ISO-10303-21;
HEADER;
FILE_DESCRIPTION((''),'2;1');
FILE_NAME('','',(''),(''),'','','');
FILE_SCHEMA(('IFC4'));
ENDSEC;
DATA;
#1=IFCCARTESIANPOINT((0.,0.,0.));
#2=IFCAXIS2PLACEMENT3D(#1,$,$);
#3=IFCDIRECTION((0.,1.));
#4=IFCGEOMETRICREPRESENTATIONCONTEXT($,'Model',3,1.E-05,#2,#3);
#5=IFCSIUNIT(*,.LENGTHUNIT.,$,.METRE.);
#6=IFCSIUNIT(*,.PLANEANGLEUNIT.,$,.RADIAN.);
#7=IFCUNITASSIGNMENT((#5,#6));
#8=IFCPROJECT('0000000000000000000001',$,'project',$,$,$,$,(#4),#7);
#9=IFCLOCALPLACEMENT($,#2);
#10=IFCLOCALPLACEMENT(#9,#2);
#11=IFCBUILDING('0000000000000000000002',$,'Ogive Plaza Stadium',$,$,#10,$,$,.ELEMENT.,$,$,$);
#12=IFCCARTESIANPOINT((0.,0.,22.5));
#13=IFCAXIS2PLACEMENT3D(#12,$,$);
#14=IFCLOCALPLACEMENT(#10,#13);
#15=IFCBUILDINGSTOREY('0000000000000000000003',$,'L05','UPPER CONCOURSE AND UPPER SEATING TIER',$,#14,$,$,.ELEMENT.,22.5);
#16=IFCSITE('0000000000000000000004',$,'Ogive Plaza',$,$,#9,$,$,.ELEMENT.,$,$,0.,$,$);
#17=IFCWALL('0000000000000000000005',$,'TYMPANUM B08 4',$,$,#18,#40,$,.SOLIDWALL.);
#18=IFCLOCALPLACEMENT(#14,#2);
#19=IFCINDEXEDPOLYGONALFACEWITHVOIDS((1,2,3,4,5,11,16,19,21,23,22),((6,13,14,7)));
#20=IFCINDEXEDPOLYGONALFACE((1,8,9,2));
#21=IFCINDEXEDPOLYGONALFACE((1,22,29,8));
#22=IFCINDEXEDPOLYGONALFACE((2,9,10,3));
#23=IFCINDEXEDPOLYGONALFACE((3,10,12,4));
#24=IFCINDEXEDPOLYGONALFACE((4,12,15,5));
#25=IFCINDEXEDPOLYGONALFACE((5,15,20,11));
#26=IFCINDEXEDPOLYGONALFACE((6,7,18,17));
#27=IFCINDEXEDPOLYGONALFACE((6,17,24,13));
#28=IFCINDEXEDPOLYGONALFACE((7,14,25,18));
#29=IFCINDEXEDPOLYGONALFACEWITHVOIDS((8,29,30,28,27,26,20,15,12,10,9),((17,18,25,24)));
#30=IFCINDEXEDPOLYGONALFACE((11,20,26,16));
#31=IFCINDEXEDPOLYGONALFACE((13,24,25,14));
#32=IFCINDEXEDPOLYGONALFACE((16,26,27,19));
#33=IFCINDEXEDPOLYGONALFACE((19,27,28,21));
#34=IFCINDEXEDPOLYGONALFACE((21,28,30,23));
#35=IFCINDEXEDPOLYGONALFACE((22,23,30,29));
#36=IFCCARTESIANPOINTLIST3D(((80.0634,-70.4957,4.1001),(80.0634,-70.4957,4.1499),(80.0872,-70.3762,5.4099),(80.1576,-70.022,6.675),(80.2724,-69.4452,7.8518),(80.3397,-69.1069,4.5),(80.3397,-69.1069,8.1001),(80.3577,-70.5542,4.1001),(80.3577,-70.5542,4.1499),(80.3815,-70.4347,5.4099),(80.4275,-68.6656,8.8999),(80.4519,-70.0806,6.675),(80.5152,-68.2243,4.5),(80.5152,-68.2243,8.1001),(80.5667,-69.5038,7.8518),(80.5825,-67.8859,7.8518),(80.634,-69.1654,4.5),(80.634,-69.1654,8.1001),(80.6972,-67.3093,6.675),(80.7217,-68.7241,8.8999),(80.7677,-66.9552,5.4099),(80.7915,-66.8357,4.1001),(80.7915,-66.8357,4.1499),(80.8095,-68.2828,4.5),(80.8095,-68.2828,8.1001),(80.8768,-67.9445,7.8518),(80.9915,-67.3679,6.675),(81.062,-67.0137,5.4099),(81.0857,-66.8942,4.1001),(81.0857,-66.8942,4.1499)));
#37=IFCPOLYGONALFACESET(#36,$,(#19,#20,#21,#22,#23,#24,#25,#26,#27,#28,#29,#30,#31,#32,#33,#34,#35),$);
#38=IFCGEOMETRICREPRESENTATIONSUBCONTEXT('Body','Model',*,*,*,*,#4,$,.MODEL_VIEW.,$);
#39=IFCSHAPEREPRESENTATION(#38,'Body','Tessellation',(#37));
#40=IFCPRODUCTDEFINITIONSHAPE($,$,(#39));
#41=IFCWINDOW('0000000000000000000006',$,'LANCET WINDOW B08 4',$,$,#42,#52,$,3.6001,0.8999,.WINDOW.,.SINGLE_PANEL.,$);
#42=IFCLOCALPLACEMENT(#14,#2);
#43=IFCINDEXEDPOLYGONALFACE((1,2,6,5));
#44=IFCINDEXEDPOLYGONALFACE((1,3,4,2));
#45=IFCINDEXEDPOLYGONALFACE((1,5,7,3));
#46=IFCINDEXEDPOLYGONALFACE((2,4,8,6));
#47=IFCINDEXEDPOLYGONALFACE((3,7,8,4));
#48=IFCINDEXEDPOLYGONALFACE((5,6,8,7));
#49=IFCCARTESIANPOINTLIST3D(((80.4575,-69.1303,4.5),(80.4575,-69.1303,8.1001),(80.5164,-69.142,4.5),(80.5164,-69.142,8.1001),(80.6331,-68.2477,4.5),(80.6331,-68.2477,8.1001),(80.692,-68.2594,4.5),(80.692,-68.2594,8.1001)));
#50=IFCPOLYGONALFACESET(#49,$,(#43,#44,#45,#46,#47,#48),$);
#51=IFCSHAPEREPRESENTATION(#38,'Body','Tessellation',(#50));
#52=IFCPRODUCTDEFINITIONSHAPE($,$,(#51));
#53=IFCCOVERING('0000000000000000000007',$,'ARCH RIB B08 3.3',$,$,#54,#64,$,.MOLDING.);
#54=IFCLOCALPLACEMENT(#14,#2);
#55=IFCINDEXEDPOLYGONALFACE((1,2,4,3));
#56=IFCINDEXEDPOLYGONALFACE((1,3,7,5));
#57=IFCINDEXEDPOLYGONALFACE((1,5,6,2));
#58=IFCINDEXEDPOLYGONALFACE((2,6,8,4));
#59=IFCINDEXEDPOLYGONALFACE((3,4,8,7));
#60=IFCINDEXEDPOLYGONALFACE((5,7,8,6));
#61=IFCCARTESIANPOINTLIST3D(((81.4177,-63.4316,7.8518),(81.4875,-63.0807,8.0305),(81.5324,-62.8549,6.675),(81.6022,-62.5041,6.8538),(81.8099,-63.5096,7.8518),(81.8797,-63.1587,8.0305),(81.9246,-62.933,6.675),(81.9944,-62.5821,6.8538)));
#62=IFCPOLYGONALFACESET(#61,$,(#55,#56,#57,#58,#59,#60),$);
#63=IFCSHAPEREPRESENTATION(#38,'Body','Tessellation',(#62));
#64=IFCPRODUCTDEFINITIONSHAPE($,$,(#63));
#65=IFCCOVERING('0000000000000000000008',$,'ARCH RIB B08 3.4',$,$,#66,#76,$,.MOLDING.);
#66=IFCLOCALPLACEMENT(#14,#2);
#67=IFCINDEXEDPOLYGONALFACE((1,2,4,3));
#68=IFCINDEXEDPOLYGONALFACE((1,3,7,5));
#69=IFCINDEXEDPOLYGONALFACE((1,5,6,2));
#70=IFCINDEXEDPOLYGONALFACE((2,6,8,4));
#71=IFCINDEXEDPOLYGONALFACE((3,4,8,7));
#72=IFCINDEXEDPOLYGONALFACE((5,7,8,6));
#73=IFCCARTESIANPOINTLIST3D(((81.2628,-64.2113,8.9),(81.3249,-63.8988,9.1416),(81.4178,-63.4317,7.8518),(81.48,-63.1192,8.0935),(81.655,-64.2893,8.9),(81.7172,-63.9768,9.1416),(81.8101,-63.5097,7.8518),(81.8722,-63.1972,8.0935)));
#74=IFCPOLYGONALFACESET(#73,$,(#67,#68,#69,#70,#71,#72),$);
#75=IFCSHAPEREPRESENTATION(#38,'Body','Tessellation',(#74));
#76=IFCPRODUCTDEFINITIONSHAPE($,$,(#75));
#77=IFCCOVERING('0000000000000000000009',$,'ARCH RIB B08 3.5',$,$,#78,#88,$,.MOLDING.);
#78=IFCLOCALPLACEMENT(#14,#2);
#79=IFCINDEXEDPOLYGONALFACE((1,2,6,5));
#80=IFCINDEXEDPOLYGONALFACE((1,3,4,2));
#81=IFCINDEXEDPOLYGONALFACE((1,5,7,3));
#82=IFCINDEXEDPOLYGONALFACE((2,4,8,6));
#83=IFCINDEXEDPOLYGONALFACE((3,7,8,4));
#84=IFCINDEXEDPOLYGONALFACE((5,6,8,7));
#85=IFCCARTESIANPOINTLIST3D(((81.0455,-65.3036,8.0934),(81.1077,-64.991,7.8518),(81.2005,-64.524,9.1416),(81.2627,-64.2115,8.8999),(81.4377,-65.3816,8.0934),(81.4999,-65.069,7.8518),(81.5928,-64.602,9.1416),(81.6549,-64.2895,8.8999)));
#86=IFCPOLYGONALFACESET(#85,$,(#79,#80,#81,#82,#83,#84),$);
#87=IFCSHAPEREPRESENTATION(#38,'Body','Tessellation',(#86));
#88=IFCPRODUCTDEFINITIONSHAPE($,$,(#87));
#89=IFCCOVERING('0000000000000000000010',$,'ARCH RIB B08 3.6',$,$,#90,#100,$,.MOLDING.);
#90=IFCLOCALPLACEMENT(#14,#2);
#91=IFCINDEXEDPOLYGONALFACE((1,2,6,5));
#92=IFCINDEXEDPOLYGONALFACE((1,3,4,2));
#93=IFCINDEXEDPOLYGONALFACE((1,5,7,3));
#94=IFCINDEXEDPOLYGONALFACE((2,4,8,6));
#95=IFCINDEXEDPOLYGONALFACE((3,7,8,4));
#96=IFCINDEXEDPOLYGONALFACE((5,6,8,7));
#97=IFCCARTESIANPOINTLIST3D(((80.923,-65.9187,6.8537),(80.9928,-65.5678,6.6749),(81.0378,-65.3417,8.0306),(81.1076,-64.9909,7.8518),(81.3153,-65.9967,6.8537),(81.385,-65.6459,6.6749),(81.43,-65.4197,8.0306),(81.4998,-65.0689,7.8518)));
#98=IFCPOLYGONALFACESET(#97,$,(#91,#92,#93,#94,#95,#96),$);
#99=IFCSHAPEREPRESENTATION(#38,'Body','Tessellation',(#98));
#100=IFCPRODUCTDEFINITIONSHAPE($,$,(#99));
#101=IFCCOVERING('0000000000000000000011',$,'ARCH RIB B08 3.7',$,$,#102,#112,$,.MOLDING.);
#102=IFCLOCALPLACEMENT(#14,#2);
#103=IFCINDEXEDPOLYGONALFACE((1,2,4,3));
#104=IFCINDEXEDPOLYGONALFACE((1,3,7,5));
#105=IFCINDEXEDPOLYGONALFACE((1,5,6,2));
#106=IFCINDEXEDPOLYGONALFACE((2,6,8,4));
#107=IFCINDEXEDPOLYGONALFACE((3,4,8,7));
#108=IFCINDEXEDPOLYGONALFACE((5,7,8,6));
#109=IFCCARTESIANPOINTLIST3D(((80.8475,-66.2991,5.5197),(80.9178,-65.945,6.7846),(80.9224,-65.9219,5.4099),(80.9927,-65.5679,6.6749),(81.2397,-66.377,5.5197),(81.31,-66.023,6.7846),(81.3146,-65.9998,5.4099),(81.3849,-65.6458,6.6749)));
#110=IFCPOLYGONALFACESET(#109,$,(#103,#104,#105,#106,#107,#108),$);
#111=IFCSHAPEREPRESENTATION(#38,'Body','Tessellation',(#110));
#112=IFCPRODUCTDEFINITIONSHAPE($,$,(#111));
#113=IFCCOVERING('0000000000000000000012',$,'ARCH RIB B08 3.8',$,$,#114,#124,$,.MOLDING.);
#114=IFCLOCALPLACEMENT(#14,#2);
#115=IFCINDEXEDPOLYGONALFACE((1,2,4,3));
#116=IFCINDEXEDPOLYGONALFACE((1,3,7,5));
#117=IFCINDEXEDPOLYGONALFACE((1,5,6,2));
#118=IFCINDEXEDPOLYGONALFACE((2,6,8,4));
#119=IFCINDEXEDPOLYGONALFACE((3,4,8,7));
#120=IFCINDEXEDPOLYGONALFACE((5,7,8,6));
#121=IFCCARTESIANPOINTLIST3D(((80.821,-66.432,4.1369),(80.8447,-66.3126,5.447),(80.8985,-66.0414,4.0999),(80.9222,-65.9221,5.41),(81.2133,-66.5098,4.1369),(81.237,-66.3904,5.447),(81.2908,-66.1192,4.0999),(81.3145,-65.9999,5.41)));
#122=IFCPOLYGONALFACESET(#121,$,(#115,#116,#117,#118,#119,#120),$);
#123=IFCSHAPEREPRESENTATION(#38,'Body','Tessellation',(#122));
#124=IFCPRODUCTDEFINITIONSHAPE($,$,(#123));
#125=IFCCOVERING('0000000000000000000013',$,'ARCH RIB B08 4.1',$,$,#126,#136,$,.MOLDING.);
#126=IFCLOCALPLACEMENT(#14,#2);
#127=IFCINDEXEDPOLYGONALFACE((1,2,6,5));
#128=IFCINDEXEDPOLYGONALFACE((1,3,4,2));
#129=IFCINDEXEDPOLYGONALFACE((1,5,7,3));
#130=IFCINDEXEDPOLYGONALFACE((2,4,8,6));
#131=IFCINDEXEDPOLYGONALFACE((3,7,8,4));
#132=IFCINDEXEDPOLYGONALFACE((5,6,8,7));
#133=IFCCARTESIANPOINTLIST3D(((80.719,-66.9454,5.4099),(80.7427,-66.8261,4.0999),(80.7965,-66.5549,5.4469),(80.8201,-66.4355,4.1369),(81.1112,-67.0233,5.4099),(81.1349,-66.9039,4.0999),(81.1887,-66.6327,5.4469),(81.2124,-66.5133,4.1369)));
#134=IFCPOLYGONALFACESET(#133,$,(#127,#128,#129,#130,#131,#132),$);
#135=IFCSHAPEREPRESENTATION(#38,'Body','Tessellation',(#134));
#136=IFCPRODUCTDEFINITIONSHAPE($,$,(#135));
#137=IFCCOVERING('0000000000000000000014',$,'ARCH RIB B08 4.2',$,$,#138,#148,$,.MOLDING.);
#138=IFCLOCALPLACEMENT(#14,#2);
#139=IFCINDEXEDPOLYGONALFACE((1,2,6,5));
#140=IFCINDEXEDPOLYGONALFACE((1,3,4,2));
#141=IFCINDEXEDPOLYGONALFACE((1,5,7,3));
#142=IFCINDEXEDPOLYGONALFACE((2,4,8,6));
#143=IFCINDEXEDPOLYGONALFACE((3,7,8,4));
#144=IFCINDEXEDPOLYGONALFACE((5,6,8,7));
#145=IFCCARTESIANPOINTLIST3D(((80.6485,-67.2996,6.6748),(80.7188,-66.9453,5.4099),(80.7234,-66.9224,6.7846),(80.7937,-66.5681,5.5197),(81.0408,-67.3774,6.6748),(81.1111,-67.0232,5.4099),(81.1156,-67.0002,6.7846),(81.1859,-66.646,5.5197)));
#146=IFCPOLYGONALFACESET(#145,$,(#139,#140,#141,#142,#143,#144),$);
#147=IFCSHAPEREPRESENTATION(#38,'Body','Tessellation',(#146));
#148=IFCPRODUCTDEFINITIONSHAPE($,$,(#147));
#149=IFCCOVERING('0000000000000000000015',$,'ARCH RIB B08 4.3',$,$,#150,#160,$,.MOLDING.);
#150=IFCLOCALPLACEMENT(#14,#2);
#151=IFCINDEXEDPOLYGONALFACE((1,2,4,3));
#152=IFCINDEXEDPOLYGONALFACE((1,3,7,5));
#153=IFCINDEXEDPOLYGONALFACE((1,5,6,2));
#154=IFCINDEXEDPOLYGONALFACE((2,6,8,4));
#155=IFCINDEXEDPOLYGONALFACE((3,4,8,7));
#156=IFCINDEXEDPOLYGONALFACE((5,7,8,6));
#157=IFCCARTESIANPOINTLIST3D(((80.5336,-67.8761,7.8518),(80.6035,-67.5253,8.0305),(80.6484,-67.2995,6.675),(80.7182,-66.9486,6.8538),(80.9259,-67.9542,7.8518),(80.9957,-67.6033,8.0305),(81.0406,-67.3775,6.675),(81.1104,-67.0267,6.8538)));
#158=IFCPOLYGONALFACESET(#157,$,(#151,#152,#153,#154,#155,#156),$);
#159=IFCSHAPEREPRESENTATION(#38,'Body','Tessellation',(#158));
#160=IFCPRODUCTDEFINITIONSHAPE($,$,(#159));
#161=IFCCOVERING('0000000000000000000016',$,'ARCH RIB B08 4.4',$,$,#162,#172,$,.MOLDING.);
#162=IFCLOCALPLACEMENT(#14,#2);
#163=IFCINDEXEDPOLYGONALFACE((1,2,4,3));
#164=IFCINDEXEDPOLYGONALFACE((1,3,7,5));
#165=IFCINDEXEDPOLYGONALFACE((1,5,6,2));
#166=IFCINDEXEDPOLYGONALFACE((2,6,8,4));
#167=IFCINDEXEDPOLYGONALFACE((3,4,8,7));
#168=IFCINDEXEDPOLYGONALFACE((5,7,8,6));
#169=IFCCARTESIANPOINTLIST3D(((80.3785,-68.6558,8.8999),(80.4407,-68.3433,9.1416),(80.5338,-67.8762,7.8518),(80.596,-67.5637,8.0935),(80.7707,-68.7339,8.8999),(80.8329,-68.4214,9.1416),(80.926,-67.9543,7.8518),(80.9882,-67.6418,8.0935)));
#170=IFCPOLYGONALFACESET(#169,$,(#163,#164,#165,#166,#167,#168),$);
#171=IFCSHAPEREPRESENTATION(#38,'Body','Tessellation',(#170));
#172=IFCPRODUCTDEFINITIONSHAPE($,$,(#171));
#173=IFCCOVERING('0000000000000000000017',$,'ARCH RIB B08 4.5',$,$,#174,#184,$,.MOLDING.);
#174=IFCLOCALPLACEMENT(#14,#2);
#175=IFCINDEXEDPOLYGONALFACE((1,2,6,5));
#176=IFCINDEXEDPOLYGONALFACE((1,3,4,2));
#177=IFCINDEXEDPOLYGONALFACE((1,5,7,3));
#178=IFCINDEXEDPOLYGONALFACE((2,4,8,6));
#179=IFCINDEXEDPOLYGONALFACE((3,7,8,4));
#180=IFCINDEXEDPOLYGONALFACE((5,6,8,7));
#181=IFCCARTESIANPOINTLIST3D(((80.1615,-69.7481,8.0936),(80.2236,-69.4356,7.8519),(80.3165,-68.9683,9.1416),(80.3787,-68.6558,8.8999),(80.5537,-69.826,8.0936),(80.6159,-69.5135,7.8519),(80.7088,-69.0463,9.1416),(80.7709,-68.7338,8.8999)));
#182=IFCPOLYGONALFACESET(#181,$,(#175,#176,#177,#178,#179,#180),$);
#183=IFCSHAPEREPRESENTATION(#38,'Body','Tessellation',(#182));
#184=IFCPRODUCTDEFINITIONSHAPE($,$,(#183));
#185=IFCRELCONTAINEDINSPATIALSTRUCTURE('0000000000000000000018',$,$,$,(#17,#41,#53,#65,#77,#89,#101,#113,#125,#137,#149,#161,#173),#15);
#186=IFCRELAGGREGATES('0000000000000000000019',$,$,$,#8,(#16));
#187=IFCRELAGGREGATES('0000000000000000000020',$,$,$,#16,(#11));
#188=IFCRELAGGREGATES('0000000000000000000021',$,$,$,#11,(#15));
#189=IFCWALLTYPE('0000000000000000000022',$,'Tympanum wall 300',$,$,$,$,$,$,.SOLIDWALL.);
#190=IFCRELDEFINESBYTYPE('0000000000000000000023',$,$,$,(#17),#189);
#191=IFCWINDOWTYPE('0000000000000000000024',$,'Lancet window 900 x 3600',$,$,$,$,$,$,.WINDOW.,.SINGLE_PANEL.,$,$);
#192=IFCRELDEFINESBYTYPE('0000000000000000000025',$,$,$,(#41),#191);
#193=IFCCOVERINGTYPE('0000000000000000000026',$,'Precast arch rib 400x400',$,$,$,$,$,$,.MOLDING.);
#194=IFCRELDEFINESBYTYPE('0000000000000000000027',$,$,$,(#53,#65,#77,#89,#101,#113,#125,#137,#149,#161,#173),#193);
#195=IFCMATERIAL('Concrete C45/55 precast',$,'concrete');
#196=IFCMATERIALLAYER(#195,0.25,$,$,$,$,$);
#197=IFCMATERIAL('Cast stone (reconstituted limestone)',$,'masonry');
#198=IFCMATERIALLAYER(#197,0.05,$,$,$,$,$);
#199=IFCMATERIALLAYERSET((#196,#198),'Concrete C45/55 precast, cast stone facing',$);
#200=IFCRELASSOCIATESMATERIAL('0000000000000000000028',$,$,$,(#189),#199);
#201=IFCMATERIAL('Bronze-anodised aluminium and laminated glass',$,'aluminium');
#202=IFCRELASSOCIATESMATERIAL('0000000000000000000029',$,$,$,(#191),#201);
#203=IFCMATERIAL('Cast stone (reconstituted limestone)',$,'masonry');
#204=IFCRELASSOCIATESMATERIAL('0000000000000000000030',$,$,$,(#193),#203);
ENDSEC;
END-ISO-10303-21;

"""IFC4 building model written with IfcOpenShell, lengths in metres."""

from ifc_helpers import new_model, si_unit, direction, frame, frame_2d, origin, origin_2d, place, context, subcontext, project, spatial, polyline, rectangle, outline, extrude, material, layer, layer_set, material_profile, profile_set, type_object, element, fill, save


model = new_model("IFC4")

# Units and contexts
model_context = context("Model", 3, precision=1e-05, world=origin(), true_north=direction((0.0, 1.0)))
body_context = subcontext(model_context, "Body", "Model", "MODEL_VIEW")
ifc_project = project(units=[si_unit("LENGTHUNIT", "METRE"), si_unit("PLANEANGLEUNIT", "RADIAN")], contexts=[model_context])

# Site, building, storey
site_placement = place(None, origin())
site = spatial("IfcSite", under=ifc_project, at=site_placement, Name="Ogive Plaza", CompositionType="ELEMENT", RefElevation=0.0)
building_placement = place(site_placement, origin())
building = spatial("IfcBuilding", under=site, at=building_placement, Name="Ogive Plaza Stadium", CompositionType="ELEMENT")
storey_placement = place(building_placement, frame((0.0, 0.0, 22.5)))
storey = spatial("IfcBuildingStorey", under=building, at=storey_placement, Name="L05", Description="UPPER CONCOURSE AND UPPER SEATING TIER", CompositionType="ELEMENT", Elevation=22.5)

# Wall, opening, window
ifc_material_1 = material(Name="Concrete C45/55 precast", Category="concrete")
ifc_layer_1 = layer(ifc_material_1, 0.25)
ifc_material_2 = material(Name="Cast stone (reconstituted limestone)", Category="masonry")
ifc_layer_2 = layer(ifc_material_2, 0.05)
ifc_layer_set_1 = layer_set([ifc_layer_1, ifc_layer_2], Name="Concrete C45/55 precast, cast stone facing")
wall_type = type_object("IfcWallType", Name="Tympanum wall 300", PredefinedType="SOLIDWALL", material=ifc_layer_set_1)
wall_placement = place(storey_placement, frame((80.9387, -66.865, 4.1001), z_axis=(0.0, 0.0, 1.0), x_axis=(-0.195097, -0.980784, 0.0)))
wall = element("IfcWall", 1, at=wall_placement, inside=storey, type_object=wall_type, Name="TYMPANUM B08 4", PredefinedType="SOLIDWALL", context=body_context, shape_type="SweptSolid", body=[
    extrude(outline(polyline([(0.0, 0.0), (3.7317, 0.0), (3.7317, 0.0498), (3.6099, 1.3098), (3.2488, 2.575), (2.6606, 3.7517), (1.8657, 4.7998), (1.0708, 3.7517), (0.4829, 2.575), (0.1218, 1.3098), (0.0, 0.0498), (0.0, 0.0)])), frame((0.0, 0.1499, 0.0), z_axis=(0.0, -1.0, 0.0), x_axis=(1.0, 0.0, 0.0)), (0.0, 0.0, 1.0), 0.3),
])
opening_placement = place(wall_placement, frame((1.4158, 0.0, 0.3999)))
opening = element("IfcOpeningElement", 2, at=opening_placement, cuts=wall, PredefinedType="OPENING", context=body_context, shape_type="SweptSolid", body=[
    extrude(rectangle(XDim=0.8999, YDim=3.6001, at=frame_2d((0.45, 1.8))), frame((0.0, 0.1602, 0.0), z_axis=(0.0, -1.0, 0.0), x_axis=(1.0, 0.0, 0.0)), (0.0, 0.0, 1.0), 0.3201),
])
ifc_material_3 = material(Name="Bronze-anodised aluminium and laminated glass", Category="aluminium")
window_type = type_object("IfcWindowType", Name="Lancet window 900 x 3600", PartitioningType="SINGLE_PANEL", PredefinedType="WINDOW", material=ifc_material_3)
window_placement = place(opening_placement, origin())
window = element("IfcWindow", 3, at=window_placement, inside=storey, type_object=window_type, Name="LANCET WINDOW B08 4", OverallHeight=3.6001, OverallWidth=0.8999, PartitioningType="SINGLE_PANEL", PredefinedType="WINDOW", context=body_context, shape_type="SweptSolid", body=[
    extrude(rectangle(XDim=0.8999, YDim=3.6001, at=frame_2d((0.45, 1.8))), frame((0.0, 0.03, 0.0), z_axis=(0.0, -1.0, 0.0), x_axis=(1.0, 0.0, 0.0)), (0.0, 0.0, 1.0), 0.0601),
])
fill(opening, window)

# Coverings
ifc_material_4 = material(Name="Cast stone (reconstituted limestone)", Category="masonry")
ifc_material_profile_1 = material_profile(ifc_material_4, rectangle(XDim=0.3999, YDim=0.3999, at=origin_2d()), Name="Cast stone 400x400")
ifc_profile_set_1 = profile_set([ifc_material_profile_1], Name="Cast stone (reconstituted limestone)")
covering_type = type_object("IfcCoveringType", Name="Precast arch rib 400x400", PredefinedType="MOLDING", material=ifc_profile_set_1)
for number, where, z_axis, x_axis, name in (
    (4, (81.7634, -62.7185, 6.7644), (-0.087228, -0.438368, 0.894553), (0.980772, -0.195158, 0.0), "ARCH RIB B08 3.3"),
    (5, (81.645, -63.3145, 7.9727), (-0.117859, -0.592636, 0.796801), (0.980793, -0.195053, 0.0), "ARCH RIB B08 3.4"),
    (6, (81.4277, -64.4067, 9.0208), (-0.117859, -0.592636, -0.796801), (0.980793, -0.195053, 0.0), "ARCH RIB B08 3.5"),
):
    element("IfcCovering", number, at=place(storey_placement, frame(where, z_axis=z_axis, x_axis=x_axis)), inside=storey, type_object=covering_type, Name=name, PredefinedType="MOLDING", context=body_context, shape_type="SweptSolid", body=[
        extrude(rectangle(XDim=0.3999, YDim=0.3999, at=origin_2d()), origin(), (0.0, 0.0, 1.0), 1.3154),
    ])
covering_1_placement = place(storey_placement, frame((81.2688, -65.2053, 7.9412), z_axis=(-0.087221, -0.438518, -0.89448), x_axis=(0.980788, -0.195078, 0.0)))
element("IfcCovering", 7, at=covering_1_placement, inside=storey, type_object=covering_type, Name="ARCH RIB B08 3.6", PredefinedType="MOLDING", context=body_context, shape_type="SweptSolid", body=[
    extrude(rectangle(XDim=0.3999, YDim=0.3999, at=origin_2d()), origin(), (0.0, 0.0, 1.0), 1.3157),
])
covering_2_placement = place(storey_placement, frame((81.1514, -65.7954, 6.7297), z_axis=(-0.053454, -0.269127, -0.96162), x_axis=(0.98084, -0.194815, 0.0)))
element("IfcCovering", 8, at=covering_2_placement, inside=storey, type_object=covering_type, Name="ARCH RIB B08 3.7", PredefinedType="MOLDING", context=body_context, shape_type="SweptSolid", body=[
    extrude(rectangle(XDim=0.3999, YDim=0.3999, at=origin_2d()), origin(), (0.0, 0.0, 1.0), 1.3154),
])
for number, where, z_axis, x_axis, name in (
    (9, (81.0796, -66.1562, 5.4285), (-0.017999, -0.090739, -0.995712), (0.980888, -0.194573, 0.0), "ARCH RIB B08 3.8"),
    (10, (80.9775, -66.6697, 4.1184), (-0.017999, -0.090739, 0.995712), (0.980888, -0.194573, 0.0), "ARCH RIB B08 4.1"),
):
    element("IfcCovering", number, at=place(storey_placement, frame(where, z_axis=z_axis, x_axis=x_axis)), inside=storey, type_object=covering_type, Name=name, PredefinedType="MOLDING", context=body_context, shape_type="SweptSolid", body=[
        extrude(rectangle(XDim=0.3999, YDim=0.3999, at=origin_2d()), origin(), (0.0, 0.0, 1.0), 1.3157),
    ])
for number, where, z_axis, x_axis, name in (
    (11, (80.9524, -66.7957, 5.4648), (-0.053452, -0.2693, 0.961572), (0.980866, -0.194686, 0.0), "ARCH RIB B08 4.2"),
    (12, (80.8794, -67.1631, 6.7644), (-0.087228, -0.438368, 0.894553), (0.980772, -0.195158, 0.0), "ARCH RIB B08 4.3"),
    (13, (80.761, -67.759, 7.9727), (-0.118042, -0.592623, 0.796784), (0.980734, -0.195348, 0.0), "ARCH RIB B08 4.4"),
    (14, (80.5437, -68.8511, 9.0208), (-0.117846, -0.592756, -0.796713), (0.980804, -0.194994, 0.0), "ARCH RIB B08 4.5"),
):
    element("IfcCovering", number, at=place(storey_placement, frame(where, z_axis=z_axis, x_axis=x_axis)), inside=storey, type_object=covering_type, Name=name, PredefinedType="MOLDING", context=body_context, shape_type="SweptSolid", body=[
        extrude(rectangle(XDim=0.3999, YDim=0.3999, at=origin_2d()), origin(), (0.0, 0.0, 1.0), 1.3154),
    ])

save(model, "model.ifc")
